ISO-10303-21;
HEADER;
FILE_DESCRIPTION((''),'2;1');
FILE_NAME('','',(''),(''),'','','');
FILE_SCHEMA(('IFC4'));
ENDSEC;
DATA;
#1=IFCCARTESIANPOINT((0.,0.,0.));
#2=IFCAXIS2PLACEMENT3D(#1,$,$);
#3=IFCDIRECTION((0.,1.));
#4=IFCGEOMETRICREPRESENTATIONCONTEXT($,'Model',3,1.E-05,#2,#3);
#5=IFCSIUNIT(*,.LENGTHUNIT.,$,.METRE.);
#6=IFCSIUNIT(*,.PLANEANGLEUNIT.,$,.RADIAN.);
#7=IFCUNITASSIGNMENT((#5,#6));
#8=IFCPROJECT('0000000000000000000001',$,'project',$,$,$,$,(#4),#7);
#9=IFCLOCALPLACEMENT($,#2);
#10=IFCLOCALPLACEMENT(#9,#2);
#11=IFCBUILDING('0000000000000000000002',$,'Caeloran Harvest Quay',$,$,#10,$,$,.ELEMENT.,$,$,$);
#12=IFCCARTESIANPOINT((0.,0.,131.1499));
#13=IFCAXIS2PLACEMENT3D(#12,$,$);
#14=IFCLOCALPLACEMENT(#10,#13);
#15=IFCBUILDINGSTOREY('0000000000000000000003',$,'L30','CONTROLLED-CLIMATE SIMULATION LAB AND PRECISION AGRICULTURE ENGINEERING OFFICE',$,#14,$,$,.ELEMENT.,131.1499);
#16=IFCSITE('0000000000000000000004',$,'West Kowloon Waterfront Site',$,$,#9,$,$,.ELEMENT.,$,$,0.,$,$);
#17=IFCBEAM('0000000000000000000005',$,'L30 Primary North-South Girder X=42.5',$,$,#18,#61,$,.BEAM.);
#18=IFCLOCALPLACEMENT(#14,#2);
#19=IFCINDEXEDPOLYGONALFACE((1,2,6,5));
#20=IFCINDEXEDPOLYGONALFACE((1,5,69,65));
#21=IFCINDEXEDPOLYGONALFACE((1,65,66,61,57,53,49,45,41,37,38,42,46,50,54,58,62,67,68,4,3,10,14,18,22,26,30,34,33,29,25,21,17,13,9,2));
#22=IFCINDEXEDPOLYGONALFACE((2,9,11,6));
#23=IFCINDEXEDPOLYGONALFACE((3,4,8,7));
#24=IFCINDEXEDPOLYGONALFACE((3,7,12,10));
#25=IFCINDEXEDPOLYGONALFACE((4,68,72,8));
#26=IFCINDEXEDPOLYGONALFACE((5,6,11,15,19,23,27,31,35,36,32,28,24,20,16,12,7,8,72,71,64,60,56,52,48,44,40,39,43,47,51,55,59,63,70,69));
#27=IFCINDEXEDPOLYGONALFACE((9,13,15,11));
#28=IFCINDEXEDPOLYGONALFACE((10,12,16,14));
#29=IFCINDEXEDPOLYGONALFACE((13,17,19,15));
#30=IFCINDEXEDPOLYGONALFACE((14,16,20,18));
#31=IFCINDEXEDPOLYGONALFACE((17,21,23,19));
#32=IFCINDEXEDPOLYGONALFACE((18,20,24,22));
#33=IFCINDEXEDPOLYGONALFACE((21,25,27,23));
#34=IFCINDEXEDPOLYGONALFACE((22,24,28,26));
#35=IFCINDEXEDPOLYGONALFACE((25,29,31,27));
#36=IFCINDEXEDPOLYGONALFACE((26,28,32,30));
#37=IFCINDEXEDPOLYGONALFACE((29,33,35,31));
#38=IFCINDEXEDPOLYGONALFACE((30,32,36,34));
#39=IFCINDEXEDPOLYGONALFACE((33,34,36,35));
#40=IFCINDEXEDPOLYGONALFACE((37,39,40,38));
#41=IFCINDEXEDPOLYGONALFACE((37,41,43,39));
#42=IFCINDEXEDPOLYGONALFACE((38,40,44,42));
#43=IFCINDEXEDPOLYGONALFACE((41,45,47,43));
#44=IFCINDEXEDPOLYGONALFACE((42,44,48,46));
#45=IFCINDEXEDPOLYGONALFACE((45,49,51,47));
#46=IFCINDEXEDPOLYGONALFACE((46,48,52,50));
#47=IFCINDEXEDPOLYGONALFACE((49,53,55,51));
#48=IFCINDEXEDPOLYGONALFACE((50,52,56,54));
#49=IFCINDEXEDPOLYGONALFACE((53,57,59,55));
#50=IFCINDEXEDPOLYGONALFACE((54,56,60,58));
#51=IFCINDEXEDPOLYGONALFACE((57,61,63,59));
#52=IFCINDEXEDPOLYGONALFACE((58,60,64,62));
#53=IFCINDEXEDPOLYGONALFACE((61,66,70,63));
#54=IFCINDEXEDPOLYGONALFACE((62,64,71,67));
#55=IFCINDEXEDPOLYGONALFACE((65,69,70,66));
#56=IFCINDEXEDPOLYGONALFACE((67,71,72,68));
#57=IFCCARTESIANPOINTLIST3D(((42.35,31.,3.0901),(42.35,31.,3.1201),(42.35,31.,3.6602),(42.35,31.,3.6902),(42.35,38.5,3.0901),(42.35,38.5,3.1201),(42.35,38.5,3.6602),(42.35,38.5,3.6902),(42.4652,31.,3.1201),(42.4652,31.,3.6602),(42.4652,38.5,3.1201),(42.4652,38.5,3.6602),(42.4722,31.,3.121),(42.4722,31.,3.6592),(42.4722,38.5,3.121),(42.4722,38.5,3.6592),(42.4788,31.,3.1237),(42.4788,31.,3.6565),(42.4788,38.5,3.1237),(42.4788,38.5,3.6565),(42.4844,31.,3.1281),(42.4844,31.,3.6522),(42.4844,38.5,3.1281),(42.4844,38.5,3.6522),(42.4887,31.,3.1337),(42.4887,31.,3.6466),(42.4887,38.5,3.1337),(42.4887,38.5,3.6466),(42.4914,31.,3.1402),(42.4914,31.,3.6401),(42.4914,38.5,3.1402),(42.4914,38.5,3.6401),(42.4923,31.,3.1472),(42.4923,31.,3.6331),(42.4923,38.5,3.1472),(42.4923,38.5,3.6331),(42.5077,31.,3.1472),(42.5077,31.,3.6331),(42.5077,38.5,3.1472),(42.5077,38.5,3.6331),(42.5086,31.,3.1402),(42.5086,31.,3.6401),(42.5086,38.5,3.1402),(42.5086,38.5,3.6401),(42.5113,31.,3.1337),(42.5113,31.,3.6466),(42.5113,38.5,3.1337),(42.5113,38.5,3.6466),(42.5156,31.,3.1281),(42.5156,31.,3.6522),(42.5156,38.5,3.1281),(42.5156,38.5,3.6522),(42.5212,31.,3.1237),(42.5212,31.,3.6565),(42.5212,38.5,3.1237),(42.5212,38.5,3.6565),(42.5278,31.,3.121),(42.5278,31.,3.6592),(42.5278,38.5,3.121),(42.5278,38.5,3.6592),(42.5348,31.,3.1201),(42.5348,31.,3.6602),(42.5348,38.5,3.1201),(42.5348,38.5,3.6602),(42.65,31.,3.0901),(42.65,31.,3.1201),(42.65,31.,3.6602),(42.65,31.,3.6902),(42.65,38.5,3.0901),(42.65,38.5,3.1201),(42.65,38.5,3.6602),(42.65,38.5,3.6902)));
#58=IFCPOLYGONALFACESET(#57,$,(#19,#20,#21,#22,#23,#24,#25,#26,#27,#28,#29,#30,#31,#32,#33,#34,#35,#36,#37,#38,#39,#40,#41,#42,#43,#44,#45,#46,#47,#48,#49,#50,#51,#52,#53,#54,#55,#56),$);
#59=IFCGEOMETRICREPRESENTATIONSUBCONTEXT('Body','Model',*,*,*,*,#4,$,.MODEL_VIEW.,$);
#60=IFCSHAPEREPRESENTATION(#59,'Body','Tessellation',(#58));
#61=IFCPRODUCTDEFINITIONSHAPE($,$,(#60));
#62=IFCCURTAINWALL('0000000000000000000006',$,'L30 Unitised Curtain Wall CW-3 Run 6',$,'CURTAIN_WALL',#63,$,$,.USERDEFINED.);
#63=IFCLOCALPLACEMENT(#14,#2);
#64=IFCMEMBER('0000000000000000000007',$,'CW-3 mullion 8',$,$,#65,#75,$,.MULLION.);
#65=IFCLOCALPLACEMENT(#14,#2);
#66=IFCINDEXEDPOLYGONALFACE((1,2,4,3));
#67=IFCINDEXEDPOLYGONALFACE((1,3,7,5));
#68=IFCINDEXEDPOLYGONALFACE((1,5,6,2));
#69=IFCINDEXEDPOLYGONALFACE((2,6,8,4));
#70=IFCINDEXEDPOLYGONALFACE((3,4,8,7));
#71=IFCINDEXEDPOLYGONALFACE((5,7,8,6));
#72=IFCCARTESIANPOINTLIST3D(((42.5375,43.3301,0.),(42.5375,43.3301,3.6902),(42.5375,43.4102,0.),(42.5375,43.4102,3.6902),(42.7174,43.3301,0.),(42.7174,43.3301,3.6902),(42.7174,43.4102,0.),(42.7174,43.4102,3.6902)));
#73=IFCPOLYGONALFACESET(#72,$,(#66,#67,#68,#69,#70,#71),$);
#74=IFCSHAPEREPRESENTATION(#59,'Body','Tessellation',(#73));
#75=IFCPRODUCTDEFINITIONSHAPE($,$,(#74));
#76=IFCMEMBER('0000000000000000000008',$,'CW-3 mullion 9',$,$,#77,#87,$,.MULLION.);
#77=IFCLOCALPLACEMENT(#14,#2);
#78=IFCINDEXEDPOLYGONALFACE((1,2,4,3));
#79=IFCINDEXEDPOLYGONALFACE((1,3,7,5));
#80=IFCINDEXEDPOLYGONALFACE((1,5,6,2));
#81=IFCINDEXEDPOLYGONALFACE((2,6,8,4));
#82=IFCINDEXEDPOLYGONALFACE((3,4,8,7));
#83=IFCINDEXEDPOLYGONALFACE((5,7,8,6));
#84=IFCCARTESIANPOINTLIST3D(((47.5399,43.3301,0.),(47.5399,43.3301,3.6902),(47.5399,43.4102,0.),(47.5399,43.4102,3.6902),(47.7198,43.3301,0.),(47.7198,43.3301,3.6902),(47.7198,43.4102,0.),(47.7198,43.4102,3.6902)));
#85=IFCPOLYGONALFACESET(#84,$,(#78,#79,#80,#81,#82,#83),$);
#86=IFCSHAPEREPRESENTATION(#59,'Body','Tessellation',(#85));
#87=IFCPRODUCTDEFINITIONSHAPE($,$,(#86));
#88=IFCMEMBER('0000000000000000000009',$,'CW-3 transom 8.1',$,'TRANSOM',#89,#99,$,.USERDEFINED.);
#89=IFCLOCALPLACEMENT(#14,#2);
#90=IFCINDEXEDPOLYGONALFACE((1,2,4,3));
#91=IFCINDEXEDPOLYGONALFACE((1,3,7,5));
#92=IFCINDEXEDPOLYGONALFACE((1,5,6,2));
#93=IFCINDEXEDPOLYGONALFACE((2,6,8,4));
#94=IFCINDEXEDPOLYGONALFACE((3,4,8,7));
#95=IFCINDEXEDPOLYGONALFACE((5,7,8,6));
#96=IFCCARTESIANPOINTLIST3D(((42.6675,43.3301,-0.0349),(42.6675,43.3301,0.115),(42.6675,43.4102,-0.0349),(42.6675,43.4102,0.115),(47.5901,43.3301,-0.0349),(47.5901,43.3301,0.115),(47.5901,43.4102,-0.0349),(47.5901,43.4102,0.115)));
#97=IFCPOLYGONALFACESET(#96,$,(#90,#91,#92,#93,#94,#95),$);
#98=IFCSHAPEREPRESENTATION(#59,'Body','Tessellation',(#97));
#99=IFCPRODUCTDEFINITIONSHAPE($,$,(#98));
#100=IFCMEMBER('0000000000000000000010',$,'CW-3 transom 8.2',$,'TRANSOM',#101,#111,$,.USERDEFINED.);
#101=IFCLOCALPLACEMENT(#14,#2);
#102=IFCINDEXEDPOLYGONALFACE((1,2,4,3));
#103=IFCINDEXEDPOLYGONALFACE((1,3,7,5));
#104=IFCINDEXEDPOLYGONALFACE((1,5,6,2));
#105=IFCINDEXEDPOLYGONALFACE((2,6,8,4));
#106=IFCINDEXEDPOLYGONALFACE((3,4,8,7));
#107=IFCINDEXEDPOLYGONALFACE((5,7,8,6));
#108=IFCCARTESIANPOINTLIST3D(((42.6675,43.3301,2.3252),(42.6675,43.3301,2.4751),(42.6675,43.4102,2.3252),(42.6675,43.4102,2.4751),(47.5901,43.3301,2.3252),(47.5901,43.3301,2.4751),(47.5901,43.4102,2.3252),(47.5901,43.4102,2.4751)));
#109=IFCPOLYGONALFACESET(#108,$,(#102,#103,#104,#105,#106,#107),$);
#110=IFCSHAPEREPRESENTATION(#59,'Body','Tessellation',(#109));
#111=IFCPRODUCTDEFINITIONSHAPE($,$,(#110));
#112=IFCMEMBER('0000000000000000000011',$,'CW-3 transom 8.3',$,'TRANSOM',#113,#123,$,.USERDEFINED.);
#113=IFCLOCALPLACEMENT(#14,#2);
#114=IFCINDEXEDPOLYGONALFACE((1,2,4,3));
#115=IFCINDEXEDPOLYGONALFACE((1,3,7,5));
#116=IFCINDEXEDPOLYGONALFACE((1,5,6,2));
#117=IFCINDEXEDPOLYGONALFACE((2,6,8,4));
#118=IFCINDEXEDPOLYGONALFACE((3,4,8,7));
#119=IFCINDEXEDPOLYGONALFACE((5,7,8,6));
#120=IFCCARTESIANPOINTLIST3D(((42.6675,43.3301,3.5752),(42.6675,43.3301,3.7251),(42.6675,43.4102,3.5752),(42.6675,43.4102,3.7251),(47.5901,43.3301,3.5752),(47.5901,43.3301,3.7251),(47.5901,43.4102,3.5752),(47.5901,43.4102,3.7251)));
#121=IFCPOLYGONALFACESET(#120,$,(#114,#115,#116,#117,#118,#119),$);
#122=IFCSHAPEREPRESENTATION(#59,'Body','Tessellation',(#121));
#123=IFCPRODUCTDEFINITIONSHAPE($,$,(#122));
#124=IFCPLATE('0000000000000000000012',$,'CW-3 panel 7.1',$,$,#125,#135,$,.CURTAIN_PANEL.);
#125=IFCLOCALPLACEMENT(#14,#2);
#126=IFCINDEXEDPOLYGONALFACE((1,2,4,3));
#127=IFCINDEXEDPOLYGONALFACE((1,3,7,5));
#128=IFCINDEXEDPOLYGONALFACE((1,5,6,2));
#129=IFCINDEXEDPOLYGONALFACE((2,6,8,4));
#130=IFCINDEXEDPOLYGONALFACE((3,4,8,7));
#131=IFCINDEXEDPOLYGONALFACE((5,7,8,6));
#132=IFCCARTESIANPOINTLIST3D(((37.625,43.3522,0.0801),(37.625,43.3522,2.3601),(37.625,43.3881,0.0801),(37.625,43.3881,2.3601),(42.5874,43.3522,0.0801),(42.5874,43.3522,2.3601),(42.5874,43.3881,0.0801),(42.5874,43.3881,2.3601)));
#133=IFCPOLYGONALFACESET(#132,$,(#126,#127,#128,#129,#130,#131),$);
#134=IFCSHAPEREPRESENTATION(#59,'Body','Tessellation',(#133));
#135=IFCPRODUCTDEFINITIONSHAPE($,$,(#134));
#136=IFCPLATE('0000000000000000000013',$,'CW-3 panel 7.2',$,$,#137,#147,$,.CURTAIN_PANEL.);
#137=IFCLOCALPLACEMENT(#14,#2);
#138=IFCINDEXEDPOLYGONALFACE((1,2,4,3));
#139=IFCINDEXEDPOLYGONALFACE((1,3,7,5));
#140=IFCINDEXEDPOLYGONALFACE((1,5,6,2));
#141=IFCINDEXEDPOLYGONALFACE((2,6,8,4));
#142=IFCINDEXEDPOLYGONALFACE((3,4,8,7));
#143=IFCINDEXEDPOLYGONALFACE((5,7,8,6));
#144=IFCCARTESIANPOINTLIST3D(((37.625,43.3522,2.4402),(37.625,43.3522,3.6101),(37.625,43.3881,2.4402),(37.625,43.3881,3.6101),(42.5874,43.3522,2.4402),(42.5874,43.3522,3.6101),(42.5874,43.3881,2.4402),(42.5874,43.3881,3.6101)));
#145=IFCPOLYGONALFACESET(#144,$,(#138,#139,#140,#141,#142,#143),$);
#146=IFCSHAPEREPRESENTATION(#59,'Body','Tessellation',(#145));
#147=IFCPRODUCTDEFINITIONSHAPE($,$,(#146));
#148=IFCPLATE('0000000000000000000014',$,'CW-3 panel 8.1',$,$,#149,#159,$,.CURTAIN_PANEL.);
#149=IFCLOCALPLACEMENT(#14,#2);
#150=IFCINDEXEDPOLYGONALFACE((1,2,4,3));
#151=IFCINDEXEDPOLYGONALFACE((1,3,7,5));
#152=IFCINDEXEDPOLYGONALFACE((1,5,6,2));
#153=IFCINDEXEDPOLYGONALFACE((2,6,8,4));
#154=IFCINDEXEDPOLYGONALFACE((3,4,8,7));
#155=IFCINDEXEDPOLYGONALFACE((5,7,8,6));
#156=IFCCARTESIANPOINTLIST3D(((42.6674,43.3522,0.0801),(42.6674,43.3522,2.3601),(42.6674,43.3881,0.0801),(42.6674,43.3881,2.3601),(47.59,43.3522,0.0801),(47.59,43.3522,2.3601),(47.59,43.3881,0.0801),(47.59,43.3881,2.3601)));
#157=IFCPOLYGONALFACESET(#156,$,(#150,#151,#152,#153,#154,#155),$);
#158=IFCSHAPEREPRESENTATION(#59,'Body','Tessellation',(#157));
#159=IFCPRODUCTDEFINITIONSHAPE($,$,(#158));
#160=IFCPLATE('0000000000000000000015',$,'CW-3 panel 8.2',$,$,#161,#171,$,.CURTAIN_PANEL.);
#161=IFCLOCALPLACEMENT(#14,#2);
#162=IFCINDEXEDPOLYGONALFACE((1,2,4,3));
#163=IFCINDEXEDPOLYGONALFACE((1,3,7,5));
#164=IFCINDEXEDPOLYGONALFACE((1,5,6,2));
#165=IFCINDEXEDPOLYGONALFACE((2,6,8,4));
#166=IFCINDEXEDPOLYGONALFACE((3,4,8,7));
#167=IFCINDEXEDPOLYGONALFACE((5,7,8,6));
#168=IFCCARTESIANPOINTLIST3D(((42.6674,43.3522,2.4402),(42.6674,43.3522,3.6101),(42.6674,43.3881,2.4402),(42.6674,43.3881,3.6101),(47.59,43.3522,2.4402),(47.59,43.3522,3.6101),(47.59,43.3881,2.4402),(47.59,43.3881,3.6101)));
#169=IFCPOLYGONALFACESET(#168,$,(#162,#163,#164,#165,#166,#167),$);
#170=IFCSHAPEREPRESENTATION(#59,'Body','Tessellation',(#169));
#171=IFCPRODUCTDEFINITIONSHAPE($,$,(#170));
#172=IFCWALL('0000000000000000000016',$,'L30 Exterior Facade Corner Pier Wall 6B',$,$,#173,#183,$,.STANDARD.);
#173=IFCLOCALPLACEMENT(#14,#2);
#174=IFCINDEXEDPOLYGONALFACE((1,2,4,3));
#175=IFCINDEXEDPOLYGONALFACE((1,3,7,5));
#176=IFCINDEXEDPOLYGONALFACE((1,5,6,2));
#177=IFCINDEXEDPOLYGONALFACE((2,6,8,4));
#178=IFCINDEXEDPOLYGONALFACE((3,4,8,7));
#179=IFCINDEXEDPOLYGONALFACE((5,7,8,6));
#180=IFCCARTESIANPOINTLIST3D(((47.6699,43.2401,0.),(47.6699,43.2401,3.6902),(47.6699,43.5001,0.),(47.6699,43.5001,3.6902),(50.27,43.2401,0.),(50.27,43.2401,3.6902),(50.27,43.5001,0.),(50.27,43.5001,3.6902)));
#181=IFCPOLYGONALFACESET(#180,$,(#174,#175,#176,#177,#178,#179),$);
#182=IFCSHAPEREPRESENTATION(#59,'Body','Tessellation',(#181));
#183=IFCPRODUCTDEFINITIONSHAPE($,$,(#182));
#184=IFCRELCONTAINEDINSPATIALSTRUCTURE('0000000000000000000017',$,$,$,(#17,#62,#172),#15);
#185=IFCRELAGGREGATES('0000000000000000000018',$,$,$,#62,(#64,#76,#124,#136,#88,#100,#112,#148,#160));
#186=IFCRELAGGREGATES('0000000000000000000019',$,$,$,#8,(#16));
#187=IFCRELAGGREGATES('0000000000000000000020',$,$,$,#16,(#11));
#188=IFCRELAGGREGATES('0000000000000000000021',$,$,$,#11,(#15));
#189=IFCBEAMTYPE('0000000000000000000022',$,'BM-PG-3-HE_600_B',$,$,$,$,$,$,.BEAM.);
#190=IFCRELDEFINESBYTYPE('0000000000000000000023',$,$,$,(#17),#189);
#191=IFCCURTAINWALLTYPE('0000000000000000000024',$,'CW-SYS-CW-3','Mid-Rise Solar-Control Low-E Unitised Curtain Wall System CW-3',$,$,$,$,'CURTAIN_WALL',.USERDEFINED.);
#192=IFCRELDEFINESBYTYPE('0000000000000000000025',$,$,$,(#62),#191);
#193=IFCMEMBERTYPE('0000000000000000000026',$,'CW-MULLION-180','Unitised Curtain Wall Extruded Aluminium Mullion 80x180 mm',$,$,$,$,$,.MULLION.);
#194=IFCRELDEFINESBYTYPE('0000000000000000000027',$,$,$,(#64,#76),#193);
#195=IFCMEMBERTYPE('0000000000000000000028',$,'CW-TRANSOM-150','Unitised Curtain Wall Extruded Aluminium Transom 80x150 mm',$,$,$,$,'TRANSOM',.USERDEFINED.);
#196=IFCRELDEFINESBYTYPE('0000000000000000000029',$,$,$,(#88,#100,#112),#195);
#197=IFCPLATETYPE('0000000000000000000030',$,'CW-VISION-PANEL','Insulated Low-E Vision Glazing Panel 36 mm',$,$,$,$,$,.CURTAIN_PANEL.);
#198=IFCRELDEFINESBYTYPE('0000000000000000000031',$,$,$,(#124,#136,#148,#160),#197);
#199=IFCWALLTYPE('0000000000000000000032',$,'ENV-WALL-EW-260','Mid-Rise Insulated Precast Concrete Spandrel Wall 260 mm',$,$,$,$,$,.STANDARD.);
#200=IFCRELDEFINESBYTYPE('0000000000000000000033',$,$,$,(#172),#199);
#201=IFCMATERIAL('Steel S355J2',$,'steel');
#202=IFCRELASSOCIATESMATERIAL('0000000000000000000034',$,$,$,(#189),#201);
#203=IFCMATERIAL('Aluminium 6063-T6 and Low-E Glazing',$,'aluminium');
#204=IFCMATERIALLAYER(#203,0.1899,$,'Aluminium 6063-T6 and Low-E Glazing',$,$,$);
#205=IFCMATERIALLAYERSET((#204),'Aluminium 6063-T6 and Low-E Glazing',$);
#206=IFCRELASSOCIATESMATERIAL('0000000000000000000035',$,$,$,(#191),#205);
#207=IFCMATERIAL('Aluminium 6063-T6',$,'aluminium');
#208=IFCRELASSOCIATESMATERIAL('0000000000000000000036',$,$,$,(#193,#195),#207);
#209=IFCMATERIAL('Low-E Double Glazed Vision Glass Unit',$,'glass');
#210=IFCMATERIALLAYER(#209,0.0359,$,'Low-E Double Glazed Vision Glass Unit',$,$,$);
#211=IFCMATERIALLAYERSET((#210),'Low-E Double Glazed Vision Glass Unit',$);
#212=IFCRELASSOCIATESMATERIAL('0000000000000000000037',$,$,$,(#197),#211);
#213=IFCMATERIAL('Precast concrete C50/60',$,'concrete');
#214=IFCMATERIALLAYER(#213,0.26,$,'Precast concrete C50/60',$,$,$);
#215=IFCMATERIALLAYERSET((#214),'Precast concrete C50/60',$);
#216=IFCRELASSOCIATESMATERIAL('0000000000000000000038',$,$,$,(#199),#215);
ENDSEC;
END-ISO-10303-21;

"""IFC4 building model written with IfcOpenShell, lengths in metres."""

from ifc_helpers import new_model, si_unit, direction, frame, frame_2d, origin, origin_2d, place, context, subcontext, project, spatial, rectangle, i_section, extrude, material, layer, layer_set, material_profile, profile_set, type_object, element, aggregate, save


model = new_model("IFC4")

# Units and contexts
model_context = context("Model", 3, precision=1e-05, world=origin(), true_north=direction((0.0, 1.0)))
body_context = subcontext(model_context, "Body", "Model", "MODEL_VIEW")
ifc_project = project(units=[si_unit("LENGTHUNIT", "METRE"), si_unit("PLANEANGLEUNIT", "RADIAN")], contexts=[model_context])

# Site, building, storey
site_placement = place(None, origin())
site = spatial("IfcSite", under=ifc_project, at=site_placement, Name="West Kowloon Waterfront Site", CompositionType="ELEMENT", RefElevation=0.0)
building_placement = place(site_placement, origin())
building = spatial("IfcBuilding", under=site, at=building_placement, Name="Caeloran Harvest Quay", CompositionType="ELEMENT")
storey_placement = place(building_placement, frame((0.0, 0.0, 131.1499)))
storey = spatial("IfcBuildingStorey", under=building, at=storey_placement, Name="L30", Description="CONTROLLED-CLIMATE SIMULATION LAB AND PRECISION AGRICULTURE ENGINEERING OFFICE", CompositionType="ELEMENT", Elevation=131.1499)

# Beam
ifc_material_1 = material(Name="Steel S355J2", Category="steel")
ifc_material_profile_1 = material_profile(ifc_material_1, i_section(OverallWidth=0.3, OverallDepth=0.6001, WebThickness=0.0154, FlangeThickness=0.03, FilletRadius=0.0271, at=origin_2d()), Name="HE 600 B")
ifc_profile_set_1 = profile_set([ifc_material_profile_1], Name="Steel S355J2")
beam_type = type_object("IfcBeamType", Name="BM-PG-3-HE_600_B", PredefinedType="BEAM", material=ifc_profile_set_1)
beam_1_placement = place(storey_placement, frame((42.5, 31.0, 3.3901), z_axis=(0.0, 1.0, 0.0), x_axis=(-1.0, 0.0, 0.0)))
element("IfcBeam", 1, at=beam_1_placement, inside=storey, type_object=beam_type, Name="L30 Primary North-South Girder X=42.5", PredefinedType="BEAM", context=body_context, shape_type="SweptSolid", body=[
    extrude(i_section(OverallWidth=0.3, OverallDepth=0.6001, WebThickness=0.0154, FlangeThickness=0.03, FilletRadius=0.0271, at=origin_2d()), origin(), (0.0, 0.0, 1.0), 7.5),
])

# Curtain wall, members, plates
ifc_material_2 = material(Name="Aluminium 6063-T6 and Low-E Glazing", Category="aluminium")
ifc_layer_1 = layer(ifc_material_2, 0.1899, Name="Aluminium 6063-T6 and Low-E Glazing")
ifc_layer_set_1 = layer_set([ifc_layer_1], Name="Aluminium 6063-T6 and Low-E Glazing")
curtain_wall_type = type_object("IfcCurtainWallType", Name="CW-SYS-CW-3", Description="Mid-Rise Solar-Control Low-E Unitised Curtain Wall System CW-3", ElementType="CURTAIN_WALL", PredefinedType="USERDEFINED", material=ifc_layer_set_1)
curtain_wall_placement = place(storey_placement, origin())
curtain_wall = element("IfcCurtainWall", 2, at=curtain_wall_placement, inside=storey, type_object=curtain_wall_type, Name="L30 Unitised Curtain Wall CW-3 Run 6", ObjectType="CURTAIN_WALL", PredefinedType="USERDEFINED")
ifc_material_3 = material(Name="Aluminium 6063-T6", Category="aluminium")
ifc_material_profile_2 = material_profile(ifc_material_3, rectangle(XDim=0.0801, YDim=0.1799, at=origin_2d()), Name="CW-MULLION-180")
ifc_profile_set_2 = profile_set([ifc_material_profile_2], Name="Aluminium 6063-T6")
member_type_1 = type_object("IfcMemberType", Name="CW-MULLION-180", Description="Unitised Curtain Wall Extruded Aluminium Mullion 80x180 mm", PredefinedType="MULLION", material=ifc_profile_set_2)
member_1_placement = place(storey_placement, frame((42.6274, 43.3701, 0.0), z_axis=(0.0, 0.0, 1.0), x_axis=(0.0, 1.0, 0.0)))
member_1 = element("IfcMember", 3, at=member_1_placement, type_object=member_type_1, Name="CW-3 mullion 8", PredefinedType="MULLION", context=body_context, shape_type="SweptSolid", body=[
    extrude(rectangle(XDim=0.0801, YDim=0.1799, at=origin_2d()), origin(), (0.0, 0.0, 1.0), 3.6902),
])
member_2_placement = place(storey_placement, frame((47.6299, 43.3701, 0.0), z_axis=(0.0, 0.0, 1.0), x_axis=(0.0, 1.0, 0.0)))
member_2 = element("IfcMember", 4, at=member_2_placement, type_object=member_type_1, Name="CW-3 mullion 9", PredefinedType="MULLION", context=body_context, shape_type="SweptSolid", body=[
    extrude(rectangle(XDim=0.0801, YDim=0.1799, at=origin_2d()), origin(), (0.0, 0.0, 1.0), 3.6902),
])
ifc_material_profile_3 = material_profile(ifc_material_3, rectangle(XDim=0.0801, YDim=0.1499, at=origin_2d()), Name="CW-TRANSOM-150")
ifc_profile_set_3 = profile_set([ifc_material_profile_3], Name="Aluminium 6063-T6")
member_type_2 = type_object("IfcMemberType", Name="CW-TRANSOM-150", Description="Unitised Curtain Wall Extruded Aluminium Transom 80x150 mm", ElementType="TRANSOM", PredefinedType="USERDEFINED", material=ifc_profile_set_3)
member_3_placement = place(storey_placement, frame((42.6675, 43.3701, 0.04), z_axis=(1.0, 0.0, 0.0), x_axis=(0.0, 1.0, 0.0)))
member_3 = element("IfcMember", 5, at=member_3_placement, type_object=member_type_2, Name="CW-3 transom 8.1", ObjectType="TRANSOM", PredefinedType="USERDEFINED", context=body_context, shape_type="SweptSolid", body=[
    extrude(rectangle(XDim=0.0801, YDim=0.1499, at=origin_2d()), origin(), (0.0, 0.0, 1.0), 4.9226),
])
member_4_placement = place(storey_placement, frame((42.6675, 43.3701, 2.4001), z_axis=(1.0, 0.0, 0.0), x_axis=(0.0, 1.0, 0.0)))
member_4 = element("IfcMember", 6, at=member_4_placement, type_object=member_type_2, Name="CW-3 transom 8.2", ObjectType="TRANSOM", PredefinedType="USERDEFINED", context=body_context, shape_type="SweptSolid", body=[
    extrude(rectangle(XDim=0.0801, YDim=0.1499, at=origin_2d()), origin(), (0.0, 0.0, 1.0), 4.9226),
])
member_5_placement = place(storey_placement, frame((42.6675, 43.3701, 3.6501), z_axis=(1.0, 0.0, 0.0), x_axis=(0.0, 1.0, 0.0)))
member_5 = element("IfcMember", 7, at=member_5_placement, type_object=member_type_2, Name="CW-3 transom 8.3", ObjectType="TRANSOM", PredefinedType="USERDEFINED", context=body_context, shape_type="SweptSolid", body=[
    extrude(rectangle(XDim=0.0801, YDim=0.1499, at=origin_2d()), origin(), (0.0, 0.0, 1.0), 4.9226),
])
ifc_material_4 = material(Name="Low-E Double Glazed Vision Glass Unit", Category="glass")
ifc_layer_2 = layer(ifc_material_4, 0.0359, Name="Low-E Double Glazed Vision Glass Unit")
ifc_layer_set_2 = layer_set([ifc_layer_2], Name="Low-E Double Glazed Vision Glass Unit")
plate_type = type_object("IfcPlateType", Name="CW-VISION-PANEL", Description="Insulated Low-E Vision Glazing Panel 36 mm", PredefinedType="CURTAIN_PANEL", material=ifc_layer_set_2)
plate_1_placement = place(storey_placement, frame((40.1062, 43.3701, 0.0801), z_axis=(0.0, 0.0, 1.0), x_axis=(1.0, 0.0, 0.0)))
plate_1 = element("IfcPlate", 8, at=plate_1_placement, type_object=plate_type, Name="CW-3 panel 7.1", PredefinedType="CURTAIN_PANEL", context=body_context, shape_type="SweptSolid", body=[
    extrude(rectangle(XDim=4.9624, YDim=0.0359, at=origin_2d()), origin(), (0.0, 0.0, 1.0), 2.28),
])
plate_2_placement = place(storey_placement, frame((40.1062, 43.3701, 2.4402), z_axis=(0.0, 0.0, 1.0), x_axis=(1.0, 0.0, 0.0)))
plate_2 = element("IfcPlate", 9, at=plate_2_placement, type_object=plate_type, Name="CW-3 panel 7.2", PredefinedType="CURTAIN_PANEL", context=body_context, shape_type="SweptSolid", body=[
    extrude(rectangle(XDim=4.9624, YDim=0.0359, at=origin_2d()), origin(), (0.0, 0.0, 1.0), 1.1699),
])
plate_3_placement = place(storey_placement, frame((45.1287, 43.3701, 0.0801), z_axis=(0.0, 0.0, 1.0), x_axis=(1.0, 0.0, 0.0)))
plate_3 = element("IfcPlate", 10, at=plate_3_placement, type_object=plate_type, Name="CW-3 panel 8.1", PredefinedType="CURTAIN_PANEL", context=body_context, shape_type="SweptSolid", body=[
    extrude(rectangle(XDim=4.9226, YDim=0.0359, at=origin_2d()), origin(), (0.0, 0.0, 1.0), 2.28),
])
plate_4_placement = place(storey_placement, frame((45.1287, 43.3701, 2.4402), z_axis=(0.0, 0.0, 1.0), x_axis=(1.0, 0.0, 0.0)))
plate_4 = element("IfcPlate", 11, at=plate_4_placement, type_object=plate_type, Name="CW-3 panel 8.2", PredefinedType="CURTAIN_PANEL", context=body_context, shape_type="SweptSolid", body=[
    extrude(rectangle(XDim=4.9226, YDim=0.0359, at=origin_2d()), origin(), (0.0, 0.0, 1.0), 1.1699),
])
aggregate(curtain_wall, [member_1, member_2, plate_1, plate_2, member_3, member_4, member_5, plate_3, plate_4])

# Wall
ifc_material_5 = material(Name="Precast concrete C50/60", Category="concrete")
ifc_layer_3 = layer(ifc_material_5, 0.26, Name="Precast concrete C50/60")
ifc_layer_set_3 = layer_set([ifc_layer_3], Name="Precast concrete C50/60")
wall_type_1 = type_object("IfcWallType", Name="ENV-WALL-EW-260", Description="Mid-Rise Insulated Precast Concrete Spandrel Wall 260 mm", PredefinedType="STANDARD", material=ifc_layer_set_3)
wall_1_placement = place(storey_placement, frame((47.6699, 43.3701, 0.0), z_axis=(0.0, 0.0, 1.0), x_axis=(1.0, 0.0, 0.0)))
element("IfcWall", 12, at=wall_1_placement, inside=storey, type_object=wall_type_1, Name="L30 Exterior Facade Corner Pier Wall 6B", PredefinedType="STANDARD", context=body_context, shape_type="SweptSolid", body=[
    extrude(rectangle(XDim=2.6001, YDim=0.26, at=frame_2d((1.3, 0.0))), origin(), (0.0, 0.0, 1.0), 3.6902),
])

save(model, "model.ifc")
